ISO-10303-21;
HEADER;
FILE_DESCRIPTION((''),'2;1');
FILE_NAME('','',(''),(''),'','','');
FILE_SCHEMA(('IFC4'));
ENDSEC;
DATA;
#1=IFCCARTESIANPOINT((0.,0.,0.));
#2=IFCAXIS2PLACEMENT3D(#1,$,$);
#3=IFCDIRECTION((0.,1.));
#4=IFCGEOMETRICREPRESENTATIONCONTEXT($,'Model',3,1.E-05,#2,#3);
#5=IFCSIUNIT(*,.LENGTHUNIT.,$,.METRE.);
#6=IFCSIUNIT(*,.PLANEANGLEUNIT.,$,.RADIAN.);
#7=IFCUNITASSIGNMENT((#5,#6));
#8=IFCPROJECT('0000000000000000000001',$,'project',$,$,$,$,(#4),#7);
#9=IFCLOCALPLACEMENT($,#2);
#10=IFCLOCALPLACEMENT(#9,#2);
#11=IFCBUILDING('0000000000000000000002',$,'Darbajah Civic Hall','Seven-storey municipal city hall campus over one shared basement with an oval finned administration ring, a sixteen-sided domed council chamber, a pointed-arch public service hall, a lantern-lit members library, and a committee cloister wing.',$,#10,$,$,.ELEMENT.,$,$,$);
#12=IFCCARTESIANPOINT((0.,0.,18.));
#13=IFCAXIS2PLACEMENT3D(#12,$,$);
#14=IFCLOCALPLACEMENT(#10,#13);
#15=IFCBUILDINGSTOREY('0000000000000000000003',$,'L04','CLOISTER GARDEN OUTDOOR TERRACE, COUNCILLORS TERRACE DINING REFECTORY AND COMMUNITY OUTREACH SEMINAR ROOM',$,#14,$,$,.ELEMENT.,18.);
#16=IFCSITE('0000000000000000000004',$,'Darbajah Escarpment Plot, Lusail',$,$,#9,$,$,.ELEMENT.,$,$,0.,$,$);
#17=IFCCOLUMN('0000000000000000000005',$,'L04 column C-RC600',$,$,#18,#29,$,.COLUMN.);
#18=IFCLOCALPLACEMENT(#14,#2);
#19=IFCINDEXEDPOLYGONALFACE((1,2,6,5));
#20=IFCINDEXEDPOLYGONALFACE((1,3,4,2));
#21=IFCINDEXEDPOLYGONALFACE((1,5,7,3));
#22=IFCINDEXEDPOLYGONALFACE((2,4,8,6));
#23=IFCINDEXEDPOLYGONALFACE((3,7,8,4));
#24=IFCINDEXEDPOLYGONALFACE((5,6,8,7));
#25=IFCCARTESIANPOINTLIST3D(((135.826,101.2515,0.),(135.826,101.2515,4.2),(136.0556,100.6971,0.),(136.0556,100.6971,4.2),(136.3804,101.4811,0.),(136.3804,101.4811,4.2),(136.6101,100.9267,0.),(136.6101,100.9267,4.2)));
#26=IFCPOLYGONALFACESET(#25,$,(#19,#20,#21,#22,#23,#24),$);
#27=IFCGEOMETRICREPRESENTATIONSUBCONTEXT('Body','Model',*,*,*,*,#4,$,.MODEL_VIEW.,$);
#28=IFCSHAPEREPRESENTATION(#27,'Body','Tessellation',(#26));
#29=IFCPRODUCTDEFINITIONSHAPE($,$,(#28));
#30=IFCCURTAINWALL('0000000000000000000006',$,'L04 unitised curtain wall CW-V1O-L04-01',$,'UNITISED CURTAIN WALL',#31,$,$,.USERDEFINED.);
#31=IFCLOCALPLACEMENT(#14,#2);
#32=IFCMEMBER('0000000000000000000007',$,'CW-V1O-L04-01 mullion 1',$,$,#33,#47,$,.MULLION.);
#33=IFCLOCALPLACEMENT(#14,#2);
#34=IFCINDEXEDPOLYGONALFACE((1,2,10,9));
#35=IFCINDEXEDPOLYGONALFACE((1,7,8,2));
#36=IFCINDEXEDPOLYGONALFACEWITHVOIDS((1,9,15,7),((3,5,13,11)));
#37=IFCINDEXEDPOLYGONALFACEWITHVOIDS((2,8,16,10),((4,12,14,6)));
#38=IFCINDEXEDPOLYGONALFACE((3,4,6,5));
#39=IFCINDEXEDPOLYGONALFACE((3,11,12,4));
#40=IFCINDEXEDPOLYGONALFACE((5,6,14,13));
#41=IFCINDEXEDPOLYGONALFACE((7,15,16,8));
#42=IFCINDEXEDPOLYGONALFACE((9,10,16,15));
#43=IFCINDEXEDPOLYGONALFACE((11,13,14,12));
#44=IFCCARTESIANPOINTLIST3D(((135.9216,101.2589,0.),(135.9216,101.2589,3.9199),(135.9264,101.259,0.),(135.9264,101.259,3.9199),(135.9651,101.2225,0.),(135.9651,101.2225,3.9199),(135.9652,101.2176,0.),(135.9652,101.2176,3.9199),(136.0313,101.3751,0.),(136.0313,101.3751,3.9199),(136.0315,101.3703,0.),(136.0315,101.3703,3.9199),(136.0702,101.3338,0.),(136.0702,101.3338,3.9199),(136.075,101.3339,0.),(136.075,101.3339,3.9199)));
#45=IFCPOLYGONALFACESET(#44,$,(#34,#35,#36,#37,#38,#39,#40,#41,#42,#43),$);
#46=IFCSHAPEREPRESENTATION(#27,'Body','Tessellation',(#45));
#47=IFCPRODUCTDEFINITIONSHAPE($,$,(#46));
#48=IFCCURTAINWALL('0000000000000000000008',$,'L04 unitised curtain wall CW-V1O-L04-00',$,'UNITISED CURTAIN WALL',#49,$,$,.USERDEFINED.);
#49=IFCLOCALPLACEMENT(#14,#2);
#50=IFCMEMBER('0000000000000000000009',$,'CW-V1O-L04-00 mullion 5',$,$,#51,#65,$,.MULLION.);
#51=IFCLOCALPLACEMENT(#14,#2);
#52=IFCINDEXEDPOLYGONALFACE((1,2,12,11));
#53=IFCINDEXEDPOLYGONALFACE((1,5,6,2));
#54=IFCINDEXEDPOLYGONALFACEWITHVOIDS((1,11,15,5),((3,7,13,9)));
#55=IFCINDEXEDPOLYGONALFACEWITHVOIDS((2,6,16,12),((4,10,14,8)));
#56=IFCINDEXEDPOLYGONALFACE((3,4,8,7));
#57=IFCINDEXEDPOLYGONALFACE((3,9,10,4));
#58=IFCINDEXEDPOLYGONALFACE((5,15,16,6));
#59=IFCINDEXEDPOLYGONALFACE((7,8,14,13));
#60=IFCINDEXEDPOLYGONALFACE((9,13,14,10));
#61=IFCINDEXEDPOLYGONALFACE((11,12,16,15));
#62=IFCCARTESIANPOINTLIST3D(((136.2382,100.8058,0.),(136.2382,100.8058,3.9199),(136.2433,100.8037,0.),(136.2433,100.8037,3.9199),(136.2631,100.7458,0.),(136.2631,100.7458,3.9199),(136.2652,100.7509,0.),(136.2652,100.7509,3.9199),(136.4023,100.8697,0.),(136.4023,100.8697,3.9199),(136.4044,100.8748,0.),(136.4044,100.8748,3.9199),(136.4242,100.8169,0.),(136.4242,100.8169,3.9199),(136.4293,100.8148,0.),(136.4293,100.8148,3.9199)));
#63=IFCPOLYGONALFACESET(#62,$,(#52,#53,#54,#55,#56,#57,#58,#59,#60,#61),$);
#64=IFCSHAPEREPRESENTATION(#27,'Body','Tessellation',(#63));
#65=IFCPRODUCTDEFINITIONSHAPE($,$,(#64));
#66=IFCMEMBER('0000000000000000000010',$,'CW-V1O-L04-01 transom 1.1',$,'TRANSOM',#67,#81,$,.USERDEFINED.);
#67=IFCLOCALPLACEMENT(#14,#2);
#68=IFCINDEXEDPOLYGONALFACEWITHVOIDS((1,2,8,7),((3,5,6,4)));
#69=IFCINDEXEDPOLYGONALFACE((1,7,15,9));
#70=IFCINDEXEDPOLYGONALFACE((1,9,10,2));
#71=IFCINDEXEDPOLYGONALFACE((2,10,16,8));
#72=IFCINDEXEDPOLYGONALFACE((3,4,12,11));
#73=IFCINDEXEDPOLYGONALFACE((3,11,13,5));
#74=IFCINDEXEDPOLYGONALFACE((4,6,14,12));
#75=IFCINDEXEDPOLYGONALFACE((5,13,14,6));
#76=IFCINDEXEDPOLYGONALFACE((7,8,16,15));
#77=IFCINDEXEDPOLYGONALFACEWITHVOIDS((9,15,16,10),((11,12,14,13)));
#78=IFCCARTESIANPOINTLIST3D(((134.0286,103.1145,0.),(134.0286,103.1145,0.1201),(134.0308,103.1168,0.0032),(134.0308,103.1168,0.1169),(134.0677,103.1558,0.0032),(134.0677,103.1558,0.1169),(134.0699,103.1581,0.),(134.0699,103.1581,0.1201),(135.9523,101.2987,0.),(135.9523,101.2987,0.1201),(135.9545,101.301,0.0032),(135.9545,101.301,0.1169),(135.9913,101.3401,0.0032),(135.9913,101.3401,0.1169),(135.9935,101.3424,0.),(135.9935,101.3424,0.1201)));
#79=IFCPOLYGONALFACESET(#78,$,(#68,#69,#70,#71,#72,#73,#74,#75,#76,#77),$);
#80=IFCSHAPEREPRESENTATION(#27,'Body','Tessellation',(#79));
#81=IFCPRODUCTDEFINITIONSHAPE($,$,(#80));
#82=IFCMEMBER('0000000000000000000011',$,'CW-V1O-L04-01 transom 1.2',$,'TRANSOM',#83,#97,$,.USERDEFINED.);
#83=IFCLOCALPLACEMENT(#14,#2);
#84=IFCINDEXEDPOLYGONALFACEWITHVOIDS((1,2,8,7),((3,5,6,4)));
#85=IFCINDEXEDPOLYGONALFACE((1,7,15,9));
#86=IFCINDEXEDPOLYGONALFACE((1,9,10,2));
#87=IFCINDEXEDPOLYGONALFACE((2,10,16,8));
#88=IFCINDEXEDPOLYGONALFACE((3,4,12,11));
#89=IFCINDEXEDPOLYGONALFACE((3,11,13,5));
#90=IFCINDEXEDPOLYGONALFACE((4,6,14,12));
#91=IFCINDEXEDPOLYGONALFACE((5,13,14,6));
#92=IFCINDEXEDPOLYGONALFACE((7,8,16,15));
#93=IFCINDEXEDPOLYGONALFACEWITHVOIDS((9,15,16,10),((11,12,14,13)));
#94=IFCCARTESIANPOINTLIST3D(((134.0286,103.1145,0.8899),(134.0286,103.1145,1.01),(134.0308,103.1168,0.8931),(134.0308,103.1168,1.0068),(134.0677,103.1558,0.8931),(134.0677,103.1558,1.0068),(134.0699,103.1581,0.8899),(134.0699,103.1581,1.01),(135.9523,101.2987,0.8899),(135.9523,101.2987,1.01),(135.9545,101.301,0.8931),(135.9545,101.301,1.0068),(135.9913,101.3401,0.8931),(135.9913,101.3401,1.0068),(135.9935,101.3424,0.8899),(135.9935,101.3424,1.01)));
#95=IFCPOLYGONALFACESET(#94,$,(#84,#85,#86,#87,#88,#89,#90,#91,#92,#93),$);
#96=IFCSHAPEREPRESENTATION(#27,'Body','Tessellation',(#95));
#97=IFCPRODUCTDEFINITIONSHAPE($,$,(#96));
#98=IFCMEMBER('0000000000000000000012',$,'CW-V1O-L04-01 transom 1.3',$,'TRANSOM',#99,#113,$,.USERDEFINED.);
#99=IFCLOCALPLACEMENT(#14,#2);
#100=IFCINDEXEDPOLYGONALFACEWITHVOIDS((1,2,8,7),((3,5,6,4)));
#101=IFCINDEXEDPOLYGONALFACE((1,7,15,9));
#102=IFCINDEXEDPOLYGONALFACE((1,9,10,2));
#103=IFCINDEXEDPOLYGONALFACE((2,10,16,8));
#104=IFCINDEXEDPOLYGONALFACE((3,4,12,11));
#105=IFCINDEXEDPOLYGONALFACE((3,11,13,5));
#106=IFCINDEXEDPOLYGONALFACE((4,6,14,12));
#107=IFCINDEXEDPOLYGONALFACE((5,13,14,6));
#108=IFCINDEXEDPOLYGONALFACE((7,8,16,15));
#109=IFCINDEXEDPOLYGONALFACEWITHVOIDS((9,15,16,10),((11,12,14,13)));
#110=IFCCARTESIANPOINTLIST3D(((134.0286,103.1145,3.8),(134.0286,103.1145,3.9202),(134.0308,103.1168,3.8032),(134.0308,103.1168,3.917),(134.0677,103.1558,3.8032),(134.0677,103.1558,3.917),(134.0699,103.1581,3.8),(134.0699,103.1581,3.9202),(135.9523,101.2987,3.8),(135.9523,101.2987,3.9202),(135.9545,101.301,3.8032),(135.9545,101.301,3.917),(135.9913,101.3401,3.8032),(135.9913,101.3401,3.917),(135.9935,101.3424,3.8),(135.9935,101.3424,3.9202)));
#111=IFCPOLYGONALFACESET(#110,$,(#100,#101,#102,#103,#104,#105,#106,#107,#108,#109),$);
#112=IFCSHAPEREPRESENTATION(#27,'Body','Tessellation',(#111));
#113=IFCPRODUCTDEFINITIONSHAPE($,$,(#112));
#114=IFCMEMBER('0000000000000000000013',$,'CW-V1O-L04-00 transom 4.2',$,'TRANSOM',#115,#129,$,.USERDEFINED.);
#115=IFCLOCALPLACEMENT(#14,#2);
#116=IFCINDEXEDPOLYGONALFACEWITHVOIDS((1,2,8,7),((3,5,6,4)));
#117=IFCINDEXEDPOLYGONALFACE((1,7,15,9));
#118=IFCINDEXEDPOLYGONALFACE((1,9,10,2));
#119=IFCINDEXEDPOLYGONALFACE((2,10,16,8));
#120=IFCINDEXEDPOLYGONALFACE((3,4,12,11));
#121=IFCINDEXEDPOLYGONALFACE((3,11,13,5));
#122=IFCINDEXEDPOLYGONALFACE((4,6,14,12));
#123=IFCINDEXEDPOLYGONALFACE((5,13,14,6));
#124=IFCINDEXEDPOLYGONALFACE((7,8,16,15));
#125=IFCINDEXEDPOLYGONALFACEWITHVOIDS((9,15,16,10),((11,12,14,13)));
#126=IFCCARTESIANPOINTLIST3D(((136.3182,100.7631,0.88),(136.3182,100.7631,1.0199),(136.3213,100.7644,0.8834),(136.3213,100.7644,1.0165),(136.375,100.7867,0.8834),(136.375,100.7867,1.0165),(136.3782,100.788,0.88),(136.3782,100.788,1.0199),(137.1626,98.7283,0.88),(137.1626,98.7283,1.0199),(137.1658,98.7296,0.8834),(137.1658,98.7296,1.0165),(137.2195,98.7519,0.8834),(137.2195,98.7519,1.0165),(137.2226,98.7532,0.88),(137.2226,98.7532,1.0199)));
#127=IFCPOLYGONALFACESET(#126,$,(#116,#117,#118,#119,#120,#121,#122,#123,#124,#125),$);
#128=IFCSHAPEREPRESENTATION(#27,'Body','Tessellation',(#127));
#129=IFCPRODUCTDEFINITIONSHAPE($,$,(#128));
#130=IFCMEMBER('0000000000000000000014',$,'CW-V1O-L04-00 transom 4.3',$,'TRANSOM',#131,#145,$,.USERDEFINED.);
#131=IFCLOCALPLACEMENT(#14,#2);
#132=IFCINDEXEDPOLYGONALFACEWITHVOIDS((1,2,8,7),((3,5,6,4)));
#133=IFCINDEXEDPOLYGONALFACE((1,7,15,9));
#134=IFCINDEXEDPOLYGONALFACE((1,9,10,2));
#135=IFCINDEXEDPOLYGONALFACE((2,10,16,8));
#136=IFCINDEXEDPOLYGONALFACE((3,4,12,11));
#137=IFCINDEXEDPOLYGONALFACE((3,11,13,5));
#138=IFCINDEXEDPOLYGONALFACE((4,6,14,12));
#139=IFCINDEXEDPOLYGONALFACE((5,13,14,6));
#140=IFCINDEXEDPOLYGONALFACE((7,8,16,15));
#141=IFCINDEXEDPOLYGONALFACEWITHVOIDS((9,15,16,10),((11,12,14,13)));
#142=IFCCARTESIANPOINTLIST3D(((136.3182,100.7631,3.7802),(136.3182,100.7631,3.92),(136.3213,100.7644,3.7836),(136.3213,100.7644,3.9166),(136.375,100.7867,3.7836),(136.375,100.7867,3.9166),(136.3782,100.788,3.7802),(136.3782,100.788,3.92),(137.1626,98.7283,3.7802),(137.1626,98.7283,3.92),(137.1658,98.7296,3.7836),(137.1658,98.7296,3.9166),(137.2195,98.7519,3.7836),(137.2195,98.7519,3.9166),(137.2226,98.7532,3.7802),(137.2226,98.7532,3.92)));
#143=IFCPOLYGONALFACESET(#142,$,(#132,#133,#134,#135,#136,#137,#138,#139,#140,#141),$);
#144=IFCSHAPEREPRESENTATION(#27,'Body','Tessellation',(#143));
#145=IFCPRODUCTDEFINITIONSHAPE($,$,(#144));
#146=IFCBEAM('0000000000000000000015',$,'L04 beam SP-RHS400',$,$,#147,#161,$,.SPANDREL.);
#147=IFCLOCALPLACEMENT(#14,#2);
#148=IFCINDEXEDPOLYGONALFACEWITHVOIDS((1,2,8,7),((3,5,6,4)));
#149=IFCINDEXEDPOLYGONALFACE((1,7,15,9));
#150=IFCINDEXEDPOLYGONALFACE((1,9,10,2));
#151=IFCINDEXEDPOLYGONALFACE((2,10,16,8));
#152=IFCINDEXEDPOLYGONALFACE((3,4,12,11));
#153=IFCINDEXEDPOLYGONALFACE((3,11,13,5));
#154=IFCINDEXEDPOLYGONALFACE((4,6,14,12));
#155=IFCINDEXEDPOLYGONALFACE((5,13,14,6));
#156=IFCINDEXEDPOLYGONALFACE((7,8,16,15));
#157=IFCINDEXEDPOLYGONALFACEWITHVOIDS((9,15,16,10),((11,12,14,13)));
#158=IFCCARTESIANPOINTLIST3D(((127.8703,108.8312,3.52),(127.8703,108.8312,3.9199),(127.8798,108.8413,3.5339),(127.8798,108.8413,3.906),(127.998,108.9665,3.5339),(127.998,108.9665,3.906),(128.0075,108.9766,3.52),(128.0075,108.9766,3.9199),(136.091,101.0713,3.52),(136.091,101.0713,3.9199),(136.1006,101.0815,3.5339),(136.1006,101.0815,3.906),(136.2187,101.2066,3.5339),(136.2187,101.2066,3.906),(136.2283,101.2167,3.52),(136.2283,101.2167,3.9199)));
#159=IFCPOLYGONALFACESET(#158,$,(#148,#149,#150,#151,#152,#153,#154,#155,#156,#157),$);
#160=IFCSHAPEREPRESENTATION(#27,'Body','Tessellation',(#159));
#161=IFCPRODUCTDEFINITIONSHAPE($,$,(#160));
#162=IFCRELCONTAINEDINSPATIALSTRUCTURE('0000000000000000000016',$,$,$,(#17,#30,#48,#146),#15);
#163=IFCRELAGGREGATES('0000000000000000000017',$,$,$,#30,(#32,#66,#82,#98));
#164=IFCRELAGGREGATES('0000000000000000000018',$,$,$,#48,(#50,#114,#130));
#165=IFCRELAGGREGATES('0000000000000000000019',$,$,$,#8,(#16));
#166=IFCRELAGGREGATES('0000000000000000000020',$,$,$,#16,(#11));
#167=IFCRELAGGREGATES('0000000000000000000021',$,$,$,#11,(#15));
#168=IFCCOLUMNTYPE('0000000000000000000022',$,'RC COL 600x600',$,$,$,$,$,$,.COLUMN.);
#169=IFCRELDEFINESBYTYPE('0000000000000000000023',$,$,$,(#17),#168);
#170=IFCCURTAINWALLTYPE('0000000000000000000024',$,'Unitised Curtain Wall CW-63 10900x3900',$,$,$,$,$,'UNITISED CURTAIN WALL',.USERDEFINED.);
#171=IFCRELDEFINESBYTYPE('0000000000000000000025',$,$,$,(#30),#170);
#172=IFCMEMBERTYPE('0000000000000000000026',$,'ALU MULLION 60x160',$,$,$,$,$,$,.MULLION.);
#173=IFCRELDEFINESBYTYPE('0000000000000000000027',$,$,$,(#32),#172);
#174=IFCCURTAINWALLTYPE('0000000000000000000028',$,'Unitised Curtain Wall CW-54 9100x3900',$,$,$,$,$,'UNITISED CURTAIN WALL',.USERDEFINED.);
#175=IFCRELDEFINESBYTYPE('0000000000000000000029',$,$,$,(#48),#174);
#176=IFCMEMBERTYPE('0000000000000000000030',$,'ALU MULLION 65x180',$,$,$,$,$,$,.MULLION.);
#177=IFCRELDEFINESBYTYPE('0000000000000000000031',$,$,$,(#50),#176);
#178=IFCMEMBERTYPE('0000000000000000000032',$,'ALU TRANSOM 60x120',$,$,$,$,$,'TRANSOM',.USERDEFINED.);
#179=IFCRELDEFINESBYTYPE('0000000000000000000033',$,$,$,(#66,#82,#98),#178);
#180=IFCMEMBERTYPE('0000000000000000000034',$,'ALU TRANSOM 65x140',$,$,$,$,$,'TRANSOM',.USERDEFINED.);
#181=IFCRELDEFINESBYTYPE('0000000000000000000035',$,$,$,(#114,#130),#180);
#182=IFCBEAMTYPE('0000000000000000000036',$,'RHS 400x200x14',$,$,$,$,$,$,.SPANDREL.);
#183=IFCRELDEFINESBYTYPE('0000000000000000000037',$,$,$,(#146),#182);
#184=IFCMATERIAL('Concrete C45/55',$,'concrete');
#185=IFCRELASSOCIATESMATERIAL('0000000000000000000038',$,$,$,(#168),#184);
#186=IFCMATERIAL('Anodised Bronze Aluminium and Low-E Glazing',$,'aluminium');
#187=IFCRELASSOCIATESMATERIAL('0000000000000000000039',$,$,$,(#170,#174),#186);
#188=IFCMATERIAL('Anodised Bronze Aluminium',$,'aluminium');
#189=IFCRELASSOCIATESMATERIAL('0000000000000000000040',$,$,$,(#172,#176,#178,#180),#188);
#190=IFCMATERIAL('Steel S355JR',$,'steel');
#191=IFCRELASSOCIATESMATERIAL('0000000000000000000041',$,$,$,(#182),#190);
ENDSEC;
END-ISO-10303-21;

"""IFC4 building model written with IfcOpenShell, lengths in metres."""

from ifc_helpers import new_model, si_unit, direction, frame, origin, origin_2d, place, context, subcontext, project, spatial, rectangle, hollow_rectangle, extrude, material, material_profile, profile_set, type_object, element, aggregate, save


model = new_model("IFC4")

# Units and contexts
model_context = context("Model", 3, precision=1e-05, world=origin(), true_north=direction((0.0, 1.0)))
body_context = subcontext(model_context, "Body", "Model", "MODEL_VIEW")
ifc_project = project(units=[si_unit("LENGTHUNIT", "METRE"), si_unit("PLANEANGLEUNIT", "RADIAN")], contexts=[model_context])

# Site, building, storey
site_placement = place(None, origin())
site = spatial("IfcSite", under=ifc_project, at=site_placement, Name="Darbajah Escarpment Plot, Lusail", CompositionType="ELEMENT", RefElevation=0.0)
building_placement = place(site_placement, origin())
building = spatial("IfcBuilding", under=site, at=building_placement, Name="Darbajah Civic Hall", Description="Seven-storey municipal city hall campus over one shared basement with an oval finned administration ring, a sixteen-sided domed council chamber, a pointed-arch public service hall, a lantern-lit members library, and a committee cloister wing.", CompositionType="ELEMENT")
storey_placement = place(building_placement, frame((0.0, 0.0, 18.0)))
storey = spatial("IfcBuildingStorey", under=building, at=storey_placement, Name="L04", Description="CLOISTER GARDEN OUTDOOR TERRACE, COUNCILLORS TERRACE DINING REFECTORY AND COMMUNITY OUTREACH SEMINAR ROOM", CompositionType="ELEMENT", Elevation=18.0)

# Column
ifc_material_1 = material(Name="Concrete C45/55", Category="concrete")
ifc_material_profile_1 = material_profile(ifc_material_1, rectangle(XDim=0.6001, YDim=0.6001, at=origin_2d()), Name="RC COL 600x600")
ifc_profile_set_1 = profile_set([ifc_material_profile_1], Name="Concrete C45/55")
column_type = type_object("IfcColumnType", Name="RC COL 600x600", PredefinedType="COLUMN", material=ifc_profile_set_1)
column_placement = place(storey_placement, frame((136.218, 101.0891, 0.0), z_axis=(0.0, 0.0, 1.0), x_axis=(0.92388, 0.382683, 0.0)))
element("IfcColumn", 1, at=column_placement, inside=storey, type_object=column_type, Name="L04 column C-RC600", PredefinedType="COLUMN", context=body_context, shape_type="SweptSolid", body=[
    extrude(rectangle(XDim=0.6001, YDim=0.6001, at=origin_2d()), origin(), (0.0, 0.0, 1.0), 4.2),
])

# Curtain walls, members
ifc_material_2 = material(Name="Anodised Bronze Aluminium and Low-E Glazing", Category="aluminium")
curtain_wall_type_1 = type_object("IfcCurtainWallType", Name="Unitised Curtain Wall CW-63 10900x3900", ElementType="UNITISED CURTAIN WALL", PredefinedType="USERDEFINED", material=ifc_material_2)
curtain_wall_1_placement = place(storey_placement, origin())
curtain_wall_1 = element("IfcCurtainWall", 2, at=curtain_wall_1_placement, inside=storey, type_object=curtain_wall_type_1, Name="L04 unitised curtain wall CW-V1O-L04-01", ObjectType="UNITISED CURTAIN WALL", PredefinedType="USERDEFINED")
ifc_material_3 = material(Name="Anodised Bronze Aluminium", Category="aluminium")
ifc_material_profile_2 = material_profile(ifc_material_3, hollow_rectangle(XDim=0.0601, YDim=0.1599, WallThickness=0.0034, at=origin_2d()), Name="ALU MULLION 60x160")
ifc_profile_set_2 = profile_set([ifc_material_profile_2], Name="Anodised Bronze Aluminium")
member_type_1 = type_object("IfcMemberType", Name="ALU MULLION 60x160", PredefinedType="MULLION", material=ifc_profile_set_2)
member_1_placement = place(storey_placement, frame((135.9983, 101.2964, 0.0), z_axis=(0.0, 0.0, 1.0), x_axis=(-0.727174, 0.686453, 0.0)))
member_1 = element("IfcMember", 3, at=member_1_placement, type_object=member_type_1, Name="CW-V1O-L04-01 mullion 1", PredefinedType="MULLION", context=body_context, shape_type="SweptSolid", body=[
    extrude(hollow_rectangle(XDim=0.0601, YDim=0.1599, WallThickness=0.0034, at=origin_2d()), origin(), (0.0, 0.0, 1.0), 3.9199),
])
curtain_wall_type_2 = type_object("IfcCurtainWallType", Name="Unitised Curtain Wall CW-54 9100x3900", ElementType="UNITISED CURTAIN WALL", PredefinedType="USERDEFINED", material=ifc_material_2)
curtain_wall_2_placement = place(storey_placement, origin())
curtain_wall_2 = element("IfcCurtainWall", 4, at=curtain_wall_2_placement, inside=storey, type_object=curtain_wall_type_2, Name="L04 unitised curtain wall CW-V1O-L04-00", ObjectType="UNITISED CURTAIN WALL", PredefinedType="USERDEFINED")
ifc_material_profile_3 = material_profile(ifc_material_3, hollow_rectangle(XDim=0.0649, YDim=0.1799, WallThickness=0.0039, at=origin_2d()), Name="ALU MULLION 65x180")
ifc_profile_set_3 = profile_set([ifc_material_profile_3], Name="Anodised Bronze Aluminium")
member_type_2 = type_object("IfcMemberType", Name="ALU MULLION 65x180", PredefinedType="MULLION", material=ifc_profile_set_3)
member_2_placement = place(storey_placement, frame((136.3337, 100.8103, 0.0), z_axis=(0.0, 0.0, 1.0), x_axis=(-0.383328, 0.923612, 0.0)))
member_2 = element("IfcMember", 5, at=member_2_placement, type_object=member_type_2, Name="CW-V1O-L04-00 mullion 5", PredefinedType="MULLION", context=body_context, shape_type="SweptSolid", body=[
    extrude(hollow_rectangle(XDim=0.0649, YDim=0.1799, WallThickness=0.0039, at=origin_2d()), origin(), (0.0, 0.0, 1.0), 3.9199),
])

# Members
ifc_material_profile_4 = material_profile(ifc_material_3, hollow_rectangle(XDim=0.0601, YDim=0.1201, WallThickness=0.0032, at=origin_2d()), Name="ALU TRANSOM 60x120")
ifc_profile_set_4 = profile_set([ifc_material_profile_4], Name="Anodised Bronze Aluminium")
member_type_3 = type_object("IfcMemberType", Name="ALU TRANSOM 60x120", ElementType="TRANSOM", PredefinedType="USERDEFINED", material=ifc_profile_set_4)
member_3_placement = place(storey_placement, frame((135.9729, 101.3206, 0.0601), z_axis=(-0.72721, 0.686415, 0.0), x_axis=(-0.686415, -0.72721, 0.0)))
member_3 = element("IfcMember", 6, at=member_3_placement, type_object=member_type_3, Name="CW-V1O-L04-01 transom 1.1", ObjectType="TRANSOM", PredefinedType="USERDEFINED", context=body_context, shape_type="SweptSolid", body=[
    extrude(hollow_rectangle(XDim=0.0601, YDim=0.1201, WallThickness=0.0032, at=origin_2d()), origin(), (0.0, 0.0, 1.0), 2.6453),
])
member_4_placement = place(storey_placement, frame((135.9729, 101.3206, 0.95), z_axis=(-0.72721, 0.686415, 0.0), x_axis=(-0.686415, -0.72721, 0.0)))
member_4 = element("IfcMember", 7, at=member_4_placement, type_object=member_type_3, Name="CW-V1O-L04-01 transom 1.2", ObjectType="TRANSOM", PredefinedType="USERDEFINED", context=body_context, shape_type="SweptSolid", body=[
    extrude(hollow_rectangle(XDim=0.0601, YDim=0.1201, WallThickness=0.0032, at=origin_2d()), origin(), (0.0, 0.0, 1.0), 2.6453),
])
member_5_placement = place(storey_placement, frame((135.9729, 101.3206, 3.8601), z_axis=(-0.72721, 0.686415, 0.0), x_axis=(-0.686415, -0.72721, 0.0)))
member_5 = element("IfcMember", 8, at=member_5_placement, type_object=member_type_3, Name="CW-V1O-L04-01 transom 1.3", ObjectType="TRANSOM", PredefinedType="USERDEFINED", context=body_context, shape_type="SweptSolid", body=[
    extrude(hollow_rectangle(XDim=0.0601, YDim=0.1201, WallThickness=0.0032, at=origin_2d()), origin(), (0.0, 0.0, 1.0), 2.6453),
])
ifc_material_profile_5 = material_profile(ifc_material_3, hollow_rectangle(XDim=0.0649, YDim=0.1399, WallThickness=0.0034, at=origin_2d()), Name="ALU TRANSOM 65x140")
ifc_profile_set_5 = profile_set([ifc_material_profile_5], Name="Anodised Bronze Aluminium")
member_type_4 = type_object("IfcMemberType", Name="ALU TRANSOM 65x140", ElementType="TRANSOM", PredefinedType="USERDEFINED", material=ifc_profile_set_5)
member_6_placement = place(storey_placement, frame((137.1926, 98.7407, 0.95), z_axis=(-0.383301, 0.923623, 0.0), x_axis=(-0.923623, -0.383301, 0.0)))
member_6 = element("IfcMember", 9, at=member_6_placement, type_object=member_type_4, Name="CW-V1O-L04-00 transom 4.2", ObjectType="TRANSOM", PredefinedType="USERDEFINED", context=body_context, shape_type="SweptSolid", body=[
    extrude(hollow_rectangle(XDim=0.0649, YDim=0.1399, WallThickness=0.0034, at=origin_2d()), origin(), (0.0, 0.0, 1.0), 2.2031),
])
member_7_placement = place(storey_placement, frame((137.1926, 98.7407, 3.8501), z_axis=(-0.383301, 0.923623, 0.0), x_axis=(-0.923623, -0.383301, 0.0)))
member_7 = element("IfcMember", 10, at=member_7_placement, type_object=member_type_4, Name="CW-V1O-L04-00 transom 4.3", ObjectType="TRANSOM", PredefinedType="USERDEFINED", context=body_context, shape_type="SweptSolid", body=[
    extrude(hollow_rectangle(XDim=0.0649, YDim=0.1399, WallThickness=0.0034, at=origin_2d()), origin(), (0.0, 0.0, 1.0), 2.2031),
])

# Beam
ifc_material_4 = material(Name="Steel S355JR", Category="steel")
ifc_material_profile_6 = material_profile(ifc_material_4, hollow_rectangle(XDim=0.2, YDim=0.3999, WallThickness=0.0139, at=origin_2d()), Name="RHS 400x200x14")
ifc_profile_set_6 = profile_set([ifc_material_profile_6], Name="Steel S355JR")
beam_type_1 = type_object("IfcBeamType", Name="RHS 400x200x14", PredefinedType="SPANDREL", material=ifc_profile_set_6)
beam_1_placement = place(storey_placement, frame((136.1597, 101.144, 3.72), z_axis=(-0.7272, 0.686426, 0.0), x_axis=(-0.686426, -0.7272, 0.0)))
element("IfcBeam", 11, at=beam_1_placement, inside=storey, type_object=beam_type_1, Name="L04 beam SP-RHS400", PredefinedType="SPANDREL", context=body_context, shape_type="SweptSolid", body=[
    extrude(hollow_rectangle(XDim=0.2, YDim=0.3999, WallThickness=0.0139, at=origin_2d()), origin(), (0.0, 0.0, 1.0), 11.3047),
])

aggregate(curtain_wall_1, [member_1, member_3, member_4, member_5])
aggregate(curtain_wall_2, [member_2, member_6, member_7])

save(model, "model.ifc")
